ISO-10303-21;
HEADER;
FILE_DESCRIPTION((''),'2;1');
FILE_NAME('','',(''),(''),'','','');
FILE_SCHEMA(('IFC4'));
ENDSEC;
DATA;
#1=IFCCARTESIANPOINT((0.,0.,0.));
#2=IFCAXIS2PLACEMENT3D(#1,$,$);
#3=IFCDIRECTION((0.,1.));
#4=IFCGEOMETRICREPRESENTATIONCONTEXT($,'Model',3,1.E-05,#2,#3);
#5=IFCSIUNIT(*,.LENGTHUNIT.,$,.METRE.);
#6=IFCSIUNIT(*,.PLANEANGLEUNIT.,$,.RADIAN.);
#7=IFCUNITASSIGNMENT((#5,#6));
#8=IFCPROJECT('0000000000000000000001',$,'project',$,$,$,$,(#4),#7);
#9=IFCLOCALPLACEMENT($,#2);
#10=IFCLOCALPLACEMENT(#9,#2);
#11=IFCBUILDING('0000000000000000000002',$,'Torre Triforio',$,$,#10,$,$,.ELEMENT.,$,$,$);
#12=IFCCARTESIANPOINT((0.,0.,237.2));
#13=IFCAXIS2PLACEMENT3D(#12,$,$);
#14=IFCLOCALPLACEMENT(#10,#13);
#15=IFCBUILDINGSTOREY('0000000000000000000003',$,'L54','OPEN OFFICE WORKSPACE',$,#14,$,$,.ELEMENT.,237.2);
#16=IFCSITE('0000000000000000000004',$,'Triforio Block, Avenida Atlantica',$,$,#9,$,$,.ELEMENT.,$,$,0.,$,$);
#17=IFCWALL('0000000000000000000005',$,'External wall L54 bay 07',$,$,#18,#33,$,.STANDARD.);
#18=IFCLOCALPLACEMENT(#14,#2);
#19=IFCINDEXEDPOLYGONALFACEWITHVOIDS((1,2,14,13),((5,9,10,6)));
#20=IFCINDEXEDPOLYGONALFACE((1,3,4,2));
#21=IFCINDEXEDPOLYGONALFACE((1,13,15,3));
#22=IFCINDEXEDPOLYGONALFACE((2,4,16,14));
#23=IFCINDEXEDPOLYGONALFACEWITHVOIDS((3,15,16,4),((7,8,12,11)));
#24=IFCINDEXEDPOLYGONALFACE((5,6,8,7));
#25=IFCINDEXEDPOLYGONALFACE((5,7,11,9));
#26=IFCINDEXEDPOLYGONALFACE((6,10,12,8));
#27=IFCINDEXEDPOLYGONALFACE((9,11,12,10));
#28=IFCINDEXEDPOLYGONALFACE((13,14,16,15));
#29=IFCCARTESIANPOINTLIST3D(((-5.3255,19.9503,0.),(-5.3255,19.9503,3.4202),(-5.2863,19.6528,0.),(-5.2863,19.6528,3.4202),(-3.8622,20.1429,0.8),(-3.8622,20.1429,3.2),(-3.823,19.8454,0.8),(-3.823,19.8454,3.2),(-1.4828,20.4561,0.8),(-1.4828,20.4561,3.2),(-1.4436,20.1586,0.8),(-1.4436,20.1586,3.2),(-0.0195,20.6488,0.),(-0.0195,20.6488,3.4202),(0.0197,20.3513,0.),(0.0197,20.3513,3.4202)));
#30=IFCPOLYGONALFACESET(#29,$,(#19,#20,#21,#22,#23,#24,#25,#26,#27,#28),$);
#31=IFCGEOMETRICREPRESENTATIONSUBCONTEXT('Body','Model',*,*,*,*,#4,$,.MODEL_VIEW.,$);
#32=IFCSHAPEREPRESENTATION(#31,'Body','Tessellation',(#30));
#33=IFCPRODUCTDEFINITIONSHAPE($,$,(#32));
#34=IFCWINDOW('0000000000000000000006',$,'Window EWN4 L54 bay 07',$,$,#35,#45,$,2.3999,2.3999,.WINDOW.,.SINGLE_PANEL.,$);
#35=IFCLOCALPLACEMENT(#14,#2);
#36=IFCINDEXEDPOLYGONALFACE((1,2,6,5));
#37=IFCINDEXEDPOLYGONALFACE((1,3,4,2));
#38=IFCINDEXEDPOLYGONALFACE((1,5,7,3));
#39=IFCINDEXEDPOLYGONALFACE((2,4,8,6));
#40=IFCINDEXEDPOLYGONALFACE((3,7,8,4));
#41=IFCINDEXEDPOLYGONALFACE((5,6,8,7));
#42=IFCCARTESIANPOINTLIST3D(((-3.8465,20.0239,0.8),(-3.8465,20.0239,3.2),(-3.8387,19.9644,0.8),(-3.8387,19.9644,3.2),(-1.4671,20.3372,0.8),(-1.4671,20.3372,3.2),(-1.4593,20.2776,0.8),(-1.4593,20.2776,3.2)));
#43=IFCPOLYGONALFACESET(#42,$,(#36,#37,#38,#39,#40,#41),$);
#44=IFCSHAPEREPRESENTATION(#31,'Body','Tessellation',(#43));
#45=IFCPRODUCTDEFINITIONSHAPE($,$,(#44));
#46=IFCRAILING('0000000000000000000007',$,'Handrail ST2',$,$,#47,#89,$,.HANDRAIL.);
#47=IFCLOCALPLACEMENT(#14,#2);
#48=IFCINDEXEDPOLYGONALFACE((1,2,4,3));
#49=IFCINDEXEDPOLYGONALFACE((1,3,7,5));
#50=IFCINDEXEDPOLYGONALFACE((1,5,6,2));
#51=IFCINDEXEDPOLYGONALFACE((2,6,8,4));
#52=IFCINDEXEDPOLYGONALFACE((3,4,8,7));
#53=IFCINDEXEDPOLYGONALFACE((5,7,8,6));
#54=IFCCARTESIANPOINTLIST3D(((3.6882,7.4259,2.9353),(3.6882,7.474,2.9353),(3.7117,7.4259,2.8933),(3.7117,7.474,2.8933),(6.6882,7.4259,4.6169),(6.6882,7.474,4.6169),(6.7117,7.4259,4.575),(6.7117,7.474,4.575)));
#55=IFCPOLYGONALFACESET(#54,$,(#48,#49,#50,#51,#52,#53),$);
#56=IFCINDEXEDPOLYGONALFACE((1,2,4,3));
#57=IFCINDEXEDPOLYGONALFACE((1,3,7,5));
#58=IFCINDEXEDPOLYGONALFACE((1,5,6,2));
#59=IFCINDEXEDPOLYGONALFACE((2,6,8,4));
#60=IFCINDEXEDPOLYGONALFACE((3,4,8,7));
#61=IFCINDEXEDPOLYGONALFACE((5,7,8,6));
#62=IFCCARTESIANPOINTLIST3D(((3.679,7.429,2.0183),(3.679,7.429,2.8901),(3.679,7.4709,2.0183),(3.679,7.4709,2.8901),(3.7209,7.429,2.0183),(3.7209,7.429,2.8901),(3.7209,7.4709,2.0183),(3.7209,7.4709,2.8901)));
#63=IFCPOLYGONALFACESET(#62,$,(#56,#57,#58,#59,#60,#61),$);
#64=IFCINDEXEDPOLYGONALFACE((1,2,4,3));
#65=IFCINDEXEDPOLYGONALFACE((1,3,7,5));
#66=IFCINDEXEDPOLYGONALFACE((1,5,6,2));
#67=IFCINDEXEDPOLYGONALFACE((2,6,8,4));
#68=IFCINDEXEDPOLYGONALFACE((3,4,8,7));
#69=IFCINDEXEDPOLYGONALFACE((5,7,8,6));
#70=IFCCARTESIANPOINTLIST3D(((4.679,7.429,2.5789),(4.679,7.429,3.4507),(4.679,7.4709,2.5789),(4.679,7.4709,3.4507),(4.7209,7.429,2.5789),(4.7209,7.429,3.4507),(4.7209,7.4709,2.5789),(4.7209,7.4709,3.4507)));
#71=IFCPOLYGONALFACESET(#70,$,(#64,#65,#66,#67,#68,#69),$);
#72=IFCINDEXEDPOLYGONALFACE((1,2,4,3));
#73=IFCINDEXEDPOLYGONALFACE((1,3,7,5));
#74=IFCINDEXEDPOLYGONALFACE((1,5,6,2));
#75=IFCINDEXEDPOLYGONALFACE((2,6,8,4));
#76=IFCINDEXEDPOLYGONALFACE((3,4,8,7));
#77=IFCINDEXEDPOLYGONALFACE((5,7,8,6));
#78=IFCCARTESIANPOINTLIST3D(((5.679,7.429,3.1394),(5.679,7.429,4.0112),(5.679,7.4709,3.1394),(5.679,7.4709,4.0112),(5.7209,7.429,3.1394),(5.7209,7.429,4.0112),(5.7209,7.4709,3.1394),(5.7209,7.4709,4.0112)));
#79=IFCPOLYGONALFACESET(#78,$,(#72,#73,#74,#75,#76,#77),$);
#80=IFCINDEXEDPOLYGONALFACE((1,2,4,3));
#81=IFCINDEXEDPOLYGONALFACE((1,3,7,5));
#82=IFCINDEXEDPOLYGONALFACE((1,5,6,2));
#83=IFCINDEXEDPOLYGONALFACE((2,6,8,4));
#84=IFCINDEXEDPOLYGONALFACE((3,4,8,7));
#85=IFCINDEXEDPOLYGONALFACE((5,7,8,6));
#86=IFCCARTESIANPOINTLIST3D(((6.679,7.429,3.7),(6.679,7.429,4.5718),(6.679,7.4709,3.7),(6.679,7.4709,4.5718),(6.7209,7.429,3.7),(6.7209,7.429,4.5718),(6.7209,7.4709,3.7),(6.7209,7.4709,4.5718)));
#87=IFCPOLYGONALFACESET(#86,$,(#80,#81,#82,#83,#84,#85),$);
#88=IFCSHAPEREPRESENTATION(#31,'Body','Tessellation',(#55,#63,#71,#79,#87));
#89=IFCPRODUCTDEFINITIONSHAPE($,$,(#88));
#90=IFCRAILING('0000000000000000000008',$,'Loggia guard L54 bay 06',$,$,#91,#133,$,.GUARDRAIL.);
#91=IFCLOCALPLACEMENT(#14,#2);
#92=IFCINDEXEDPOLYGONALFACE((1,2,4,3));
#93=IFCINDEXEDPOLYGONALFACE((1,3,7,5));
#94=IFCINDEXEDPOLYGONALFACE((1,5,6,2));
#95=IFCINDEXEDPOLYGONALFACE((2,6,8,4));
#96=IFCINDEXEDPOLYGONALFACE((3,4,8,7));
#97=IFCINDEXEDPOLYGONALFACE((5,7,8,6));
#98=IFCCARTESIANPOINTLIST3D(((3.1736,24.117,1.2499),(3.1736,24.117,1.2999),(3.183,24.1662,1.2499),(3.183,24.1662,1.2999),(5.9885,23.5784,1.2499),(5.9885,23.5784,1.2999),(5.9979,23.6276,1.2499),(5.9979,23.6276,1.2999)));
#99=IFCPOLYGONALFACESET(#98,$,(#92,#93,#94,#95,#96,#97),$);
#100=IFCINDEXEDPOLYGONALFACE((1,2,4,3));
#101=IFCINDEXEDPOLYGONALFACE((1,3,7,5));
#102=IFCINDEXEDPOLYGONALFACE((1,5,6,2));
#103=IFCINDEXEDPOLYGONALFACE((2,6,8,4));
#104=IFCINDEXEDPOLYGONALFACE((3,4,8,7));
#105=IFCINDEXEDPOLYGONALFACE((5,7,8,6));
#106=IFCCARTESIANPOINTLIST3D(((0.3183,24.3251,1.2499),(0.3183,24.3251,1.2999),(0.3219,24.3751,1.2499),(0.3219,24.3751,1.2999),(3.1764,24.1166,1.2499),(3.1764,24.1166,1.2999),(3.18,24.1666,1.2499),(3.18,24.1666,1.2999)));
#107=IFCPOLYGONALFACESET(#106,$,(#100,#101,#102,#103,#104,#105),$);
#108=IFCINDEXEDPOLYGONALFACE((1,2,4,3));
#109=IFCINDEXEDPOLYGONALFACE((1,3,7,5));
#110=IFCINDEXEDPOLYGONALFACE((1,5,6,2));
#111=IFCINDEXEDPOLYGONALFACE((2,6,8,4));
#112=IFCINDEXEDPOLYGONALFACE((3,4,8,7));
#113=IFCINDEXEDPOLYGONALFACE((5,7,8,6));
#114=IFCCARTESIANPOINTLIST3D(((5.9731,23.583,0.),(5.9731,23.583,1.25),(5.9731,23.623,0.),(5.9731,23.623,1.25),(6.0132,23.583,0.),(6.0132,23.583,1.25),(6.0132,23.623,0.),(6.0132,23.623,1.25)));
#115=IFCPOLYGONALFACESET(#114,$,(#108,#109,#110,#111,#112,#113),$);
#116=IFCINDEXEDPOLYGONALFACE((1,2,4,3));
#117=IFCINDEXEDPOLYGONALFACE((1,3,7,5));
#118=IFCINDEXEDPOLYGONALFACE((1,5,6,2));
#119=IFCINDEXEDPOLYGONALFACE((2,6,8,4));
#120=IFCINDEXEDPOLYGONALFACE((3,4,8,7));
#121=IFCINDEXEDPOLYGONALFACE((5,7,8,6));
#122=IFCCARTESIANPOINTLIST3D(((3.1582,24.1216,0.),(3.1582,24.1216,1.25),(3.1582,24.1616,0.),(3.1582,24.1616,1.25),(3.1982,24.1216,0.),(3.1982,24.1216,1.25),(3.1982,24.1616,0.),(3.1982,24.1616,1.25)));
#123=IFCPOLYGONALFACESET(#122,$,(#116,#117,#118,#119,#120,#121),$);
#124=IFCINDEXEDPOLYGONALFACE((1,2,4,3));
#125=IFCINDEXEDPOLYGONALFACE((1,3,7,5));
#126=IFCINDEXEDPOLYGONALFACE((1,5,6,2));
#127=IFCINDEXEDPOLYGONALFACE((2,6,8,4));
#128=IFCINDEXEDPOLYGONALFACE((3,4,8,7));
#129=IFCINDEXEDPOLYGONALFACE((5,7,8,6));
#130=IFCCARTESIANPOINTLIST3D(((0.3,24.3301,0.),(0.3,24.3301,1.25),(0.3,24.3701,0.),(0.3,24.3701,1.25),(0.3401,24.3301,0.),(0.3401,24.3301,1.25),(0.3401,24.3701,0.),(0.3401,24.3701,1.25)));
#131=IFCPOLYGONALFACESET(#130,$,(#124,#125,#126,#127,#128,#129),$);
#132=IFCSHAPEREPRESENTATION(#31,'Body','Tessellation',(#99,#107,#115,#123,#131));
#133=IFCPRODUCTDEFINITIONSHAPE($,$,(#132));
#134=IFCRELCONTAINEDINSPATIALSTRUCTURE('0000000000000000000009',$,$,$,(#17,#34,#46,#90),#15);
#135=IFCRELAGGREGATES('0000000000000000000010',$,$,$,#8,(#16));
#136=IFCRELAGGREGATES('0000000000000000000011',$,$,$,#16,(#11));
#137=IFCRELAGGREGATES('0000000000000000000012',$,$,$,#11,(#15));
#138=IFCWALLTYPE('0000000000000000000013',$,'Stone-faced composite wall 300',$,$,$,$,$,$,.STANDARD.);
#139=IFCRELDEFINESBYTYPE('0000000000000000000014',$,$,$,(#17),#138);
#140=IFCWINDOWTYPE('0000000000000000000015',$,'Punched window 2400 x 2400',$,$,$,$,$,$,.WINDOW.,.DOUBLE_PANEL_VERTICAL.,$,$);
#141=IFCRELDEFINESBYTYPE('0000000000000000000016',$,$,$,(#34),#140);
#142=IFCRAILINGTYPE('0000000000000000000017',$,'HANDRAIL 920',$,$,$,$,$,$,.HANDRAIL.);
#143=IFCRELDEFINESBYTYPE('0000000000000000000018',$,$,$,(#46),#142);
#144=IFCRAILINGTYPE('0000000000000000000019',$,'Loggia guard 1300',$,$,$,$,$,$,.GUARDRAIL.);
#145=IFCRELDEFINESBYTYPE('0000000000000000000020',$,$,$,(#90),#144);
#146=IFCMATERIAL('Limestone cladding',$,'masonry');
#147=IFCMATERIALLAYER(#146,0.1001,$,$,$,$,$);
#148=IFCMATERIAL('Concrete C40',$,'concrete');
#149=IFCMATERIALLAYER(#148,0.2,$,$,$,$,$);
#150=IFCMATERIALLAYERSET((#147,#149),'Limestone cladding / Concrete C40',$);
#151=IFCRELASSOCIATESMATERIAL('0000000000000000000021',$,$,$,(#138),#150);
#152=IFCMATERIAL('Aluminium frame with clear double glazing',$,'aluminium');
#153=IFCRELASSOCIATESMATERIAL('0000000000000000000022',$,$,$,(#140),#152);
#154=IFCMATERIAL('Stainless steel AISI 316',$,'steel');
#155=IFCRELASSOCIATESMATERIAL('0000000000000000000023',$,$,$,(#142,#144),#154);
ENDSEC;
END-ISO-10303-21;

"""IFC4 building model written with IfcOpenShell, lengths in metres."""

from ifc_helpers import new_model, si_unit, direction, frame, frame_2d, origin, origin_2d, place, context, subcontext, project, spatial, rectangle, extrude, material, layer, layer_set, type_object, element, fill, save


model = new_model("IFC4")

# Units and contexts
model_context = context("Model", 3, precision=1e-05, world=origin(), true_north=direction((0.0, 1.0)))
body_context = subcontext(model_context, "Body", "Model", "MODEL_VIEW")
ifc_project = project(units=[si_unit("LENGTHUNIT", "METRE"), si_unit("PLANEANGLEUNIT", "RADIAN")], contexts=[model_context])

# Site, building, storey
site_placement = place(None, origin())
site = spatial("IfcSite", under=ifc_project, at=site_placement, Name="Triforio Block, Avenida Atlantica", CompositionType="ELEMENT", RefElevation=0.0)
building_placement = place(site_placement, origin())
building = spatial("IfcBuilding", under=site, at=building_placement, Name="Torre Triforio", CompositionType="ELEMENT")
storey_placement = place(building_placement, frame((0.0, 0.0, 237.2)))
storey = spatial("IfcBuildingStorey", under=building, at=storey_placement, Name="L54", Description="OPEN OFFICE WORKSPACE", CompositionType="ELEMENT", Elevation=237.2)

# Shared definitions
ifc_material_1 = material(Name="Concrete C40", Category="concrete")

# Shared definitions
ifc_material_2 = material(Name="Limestone cladding", Category="masonry")
ifc_layer_1 = layer(ifc_material_2, 0.1001)
ifc_layer_2 = layer(ifc_material_1, 0.2)
ifc_layer_set_1 = layer_set([ifc_layer_1, ifc_layer_2], Name="Limestone cladding / Concrete C40")
wall_type_1 = type_object("IfcWallType", Name="Stone-faced composite wall 300", PredefinedType="STANDARD", material=ifc_layer_set_1)
ifc_material_3 = material(Name="Aluminium frame with clear double glazing", Category="aluminium")

# Wall, opening, window
wall_1_placement = place(storey_placement, frame((0.0, 20.5, 0.0), z_axis=(0.0, 0.0, 1.0), x_axis=(-0.991446, -0.130517, 0.0)))
wall_1 = element("IfcWall", 1, at=wall_1_placement, inside=storey, type_object=wall_type_1, Name="External wall L54 bay 07", PredefinedType="STANDARD", context=body_context, shape_type="SweptSolid", body=[
    extrude(rectangle(XDim=5.3518, YDim=0.3, at=frame_2d((2.6758, 0.0))), origin(), (0.0, 0.0, 1.0), 3.4202),
])
opening_1_placement = place(wall_1_placement, frame((1.4758, 0.0, 0.8)))
opening_1 = element("IfcOpeningElement", 2, at=opening_1_placement, cuts=wall_1, PredefinedType="OPENING", context=body_context, shape_type="SweptSolid", body=[
    extrude(rectangle(XDim=2.3999, YDim=2.3999, at=frame_2d((1.2, 1.2))), frame((0.0, 0.1599, 0.0), z_axis=(0.0, -1.0, 0.0), x_axis=(1.0, 0.0, 0.0)), (0.0, 0.0, 1.0), 0.3201),
])
window_type_1 = type_object("IfcWindowType", Name="Punched window 2400 x 2400", PartitioningType="DOUBLE_PANEL_VERTICAL", PredefinedType="WINDOW", material=ifc_material_3)
window_1_placement = place(opening_1_placement, origin())
window_1 = element("IfcWindow", 3, at=window_1_placement, inside=storey, type_object=window_type_1, Name="Window EWN4 L54 bay 07", OverallHeight=2.3999, OverallWidth=2.3999, PartitioningType="SINGLE_PANEL", PredefinedType="WINDOW", context=body_context, shape_type="SweptSolid", body=[
    extrude(rectangle(XDim=2.3999, YDim=2.3999, at=frame_2d((1.2, 1.2))), frame((0.0, 0.03, 0.0), z_axis=(0.0, -1.0, 0.0), x_axis=(1.0, 0.0, 0.0)), (0.0, 0.0, 1.0), 0.0601),
])
fill(opening_1, window_1)

# Railings
ifc_material_4 = material(Name="Stainless steel AISI 316", Category="steel")
railing_type_1 = type_object("IfcRailingType", Name="HANDRAIL 920", PredefinedType="HANDRAIL", material=ifc_material_4)
railing_1_placement = place(storey_placement, frame((3.7, 7.45, 2.0183)))
element("IfcRailing", 4, at=railing_1_placement, inside=storey, type_object=railing_type_1, Name="Handrail ST2", PredefinedType="HANDRAIL", context=body_context, shape_type="SweptSolid", body=[
    extrude(rectangle(XDim=0.0481, YDim=0.0481, at=origin_2d()), frame((0.0, 0.0, 0.896), z_axis=(0.872303, 0.0, 0.488966), x_axis=(0.0, 1.0, 0.0)), (0.0, 0.0, 1.0), 3.4392),
    extrude(rectangle(XDim=0.042, YDim=0.042, at=origin_2d()), origin(), (0.0, 0.0, 1.0), 0.8718),
    extrude(rectangle(XDim=0.042, YDim=0.042, at=origin_2d()), frame((1.0, 0.0, 0.5605)), (0.0, 0.0, 1.0), 0.8718),
    extrude(rectangle(XDim=0.042, YDim=0.042, at=origin_2d()), frame((2.0, 0.0, 1.1211)), (0.0, 0.0, 1.0), 0.8718),
    extrude(rectangle(XDim=0.042, YDim=0.042, at=origin_2d()), frame((3.0, 0.0, 1.6816)), (0.0, 0.0, 1.0), 0.8718),
])
railing_type_2 = type_object("IfcRailingType", Name="Loggia guard 1300", PredefinedType="GUARDRAIL", material=ifc_material_4)
railing_2_placement = place(storey_placement, frame((5.9932, 23.603, 0.0)))
element("IfcRailing", 5, at=railing_2_placement, inside=storey, type_object=railing_type_2, Name="Loggia guard L54 bay 06", PredefinedType="GUARDRAIL", context=body_context, shape_type="SweptSolid", body=[
    extrude(rectangle(XDim=0.05, YDim=0.05, at=origin_2d()), frame((0.0, 0.0, 1.2749), z_axis=(-0.982185, 0.187918, 0.0), x_axis=(-0.187918, -0.982185, 0.0)), (0.0, 0.0, 1.0), 2.866),
    extrude(rectangle(XDim=0.05, YDim=0.05, at=origin_2d()), frame((-2.8149, 0.5386, 1.2749), z_axis=(-0.99735, 0.072754, 0.0), x_axis=(-0.072754, -0.99735, 0.0)), (0.0, 0.0, 1.0), 2.8657),
    extrude(rectangle(XDim=0.04, YDim=0.04, at=origin_2d()), origin(), (0.0, 0.0, 1.0), 1.25),
    extrude(rectangle(XDim=0.04, YDim=0.04, at=origin_2d()), frame((-2.8149, 0.5386, 0.0)), (0.0, 0.0, 1.0), 1.25),
    extrude(rectangle(XDim=0.04, YDim=0.04, at=origin_2d()), frame((-5.6731, 0.7471, 0.0)), (0.0, 0.0, 1.0), 1.25),
])

save(model, "model.ifc")
